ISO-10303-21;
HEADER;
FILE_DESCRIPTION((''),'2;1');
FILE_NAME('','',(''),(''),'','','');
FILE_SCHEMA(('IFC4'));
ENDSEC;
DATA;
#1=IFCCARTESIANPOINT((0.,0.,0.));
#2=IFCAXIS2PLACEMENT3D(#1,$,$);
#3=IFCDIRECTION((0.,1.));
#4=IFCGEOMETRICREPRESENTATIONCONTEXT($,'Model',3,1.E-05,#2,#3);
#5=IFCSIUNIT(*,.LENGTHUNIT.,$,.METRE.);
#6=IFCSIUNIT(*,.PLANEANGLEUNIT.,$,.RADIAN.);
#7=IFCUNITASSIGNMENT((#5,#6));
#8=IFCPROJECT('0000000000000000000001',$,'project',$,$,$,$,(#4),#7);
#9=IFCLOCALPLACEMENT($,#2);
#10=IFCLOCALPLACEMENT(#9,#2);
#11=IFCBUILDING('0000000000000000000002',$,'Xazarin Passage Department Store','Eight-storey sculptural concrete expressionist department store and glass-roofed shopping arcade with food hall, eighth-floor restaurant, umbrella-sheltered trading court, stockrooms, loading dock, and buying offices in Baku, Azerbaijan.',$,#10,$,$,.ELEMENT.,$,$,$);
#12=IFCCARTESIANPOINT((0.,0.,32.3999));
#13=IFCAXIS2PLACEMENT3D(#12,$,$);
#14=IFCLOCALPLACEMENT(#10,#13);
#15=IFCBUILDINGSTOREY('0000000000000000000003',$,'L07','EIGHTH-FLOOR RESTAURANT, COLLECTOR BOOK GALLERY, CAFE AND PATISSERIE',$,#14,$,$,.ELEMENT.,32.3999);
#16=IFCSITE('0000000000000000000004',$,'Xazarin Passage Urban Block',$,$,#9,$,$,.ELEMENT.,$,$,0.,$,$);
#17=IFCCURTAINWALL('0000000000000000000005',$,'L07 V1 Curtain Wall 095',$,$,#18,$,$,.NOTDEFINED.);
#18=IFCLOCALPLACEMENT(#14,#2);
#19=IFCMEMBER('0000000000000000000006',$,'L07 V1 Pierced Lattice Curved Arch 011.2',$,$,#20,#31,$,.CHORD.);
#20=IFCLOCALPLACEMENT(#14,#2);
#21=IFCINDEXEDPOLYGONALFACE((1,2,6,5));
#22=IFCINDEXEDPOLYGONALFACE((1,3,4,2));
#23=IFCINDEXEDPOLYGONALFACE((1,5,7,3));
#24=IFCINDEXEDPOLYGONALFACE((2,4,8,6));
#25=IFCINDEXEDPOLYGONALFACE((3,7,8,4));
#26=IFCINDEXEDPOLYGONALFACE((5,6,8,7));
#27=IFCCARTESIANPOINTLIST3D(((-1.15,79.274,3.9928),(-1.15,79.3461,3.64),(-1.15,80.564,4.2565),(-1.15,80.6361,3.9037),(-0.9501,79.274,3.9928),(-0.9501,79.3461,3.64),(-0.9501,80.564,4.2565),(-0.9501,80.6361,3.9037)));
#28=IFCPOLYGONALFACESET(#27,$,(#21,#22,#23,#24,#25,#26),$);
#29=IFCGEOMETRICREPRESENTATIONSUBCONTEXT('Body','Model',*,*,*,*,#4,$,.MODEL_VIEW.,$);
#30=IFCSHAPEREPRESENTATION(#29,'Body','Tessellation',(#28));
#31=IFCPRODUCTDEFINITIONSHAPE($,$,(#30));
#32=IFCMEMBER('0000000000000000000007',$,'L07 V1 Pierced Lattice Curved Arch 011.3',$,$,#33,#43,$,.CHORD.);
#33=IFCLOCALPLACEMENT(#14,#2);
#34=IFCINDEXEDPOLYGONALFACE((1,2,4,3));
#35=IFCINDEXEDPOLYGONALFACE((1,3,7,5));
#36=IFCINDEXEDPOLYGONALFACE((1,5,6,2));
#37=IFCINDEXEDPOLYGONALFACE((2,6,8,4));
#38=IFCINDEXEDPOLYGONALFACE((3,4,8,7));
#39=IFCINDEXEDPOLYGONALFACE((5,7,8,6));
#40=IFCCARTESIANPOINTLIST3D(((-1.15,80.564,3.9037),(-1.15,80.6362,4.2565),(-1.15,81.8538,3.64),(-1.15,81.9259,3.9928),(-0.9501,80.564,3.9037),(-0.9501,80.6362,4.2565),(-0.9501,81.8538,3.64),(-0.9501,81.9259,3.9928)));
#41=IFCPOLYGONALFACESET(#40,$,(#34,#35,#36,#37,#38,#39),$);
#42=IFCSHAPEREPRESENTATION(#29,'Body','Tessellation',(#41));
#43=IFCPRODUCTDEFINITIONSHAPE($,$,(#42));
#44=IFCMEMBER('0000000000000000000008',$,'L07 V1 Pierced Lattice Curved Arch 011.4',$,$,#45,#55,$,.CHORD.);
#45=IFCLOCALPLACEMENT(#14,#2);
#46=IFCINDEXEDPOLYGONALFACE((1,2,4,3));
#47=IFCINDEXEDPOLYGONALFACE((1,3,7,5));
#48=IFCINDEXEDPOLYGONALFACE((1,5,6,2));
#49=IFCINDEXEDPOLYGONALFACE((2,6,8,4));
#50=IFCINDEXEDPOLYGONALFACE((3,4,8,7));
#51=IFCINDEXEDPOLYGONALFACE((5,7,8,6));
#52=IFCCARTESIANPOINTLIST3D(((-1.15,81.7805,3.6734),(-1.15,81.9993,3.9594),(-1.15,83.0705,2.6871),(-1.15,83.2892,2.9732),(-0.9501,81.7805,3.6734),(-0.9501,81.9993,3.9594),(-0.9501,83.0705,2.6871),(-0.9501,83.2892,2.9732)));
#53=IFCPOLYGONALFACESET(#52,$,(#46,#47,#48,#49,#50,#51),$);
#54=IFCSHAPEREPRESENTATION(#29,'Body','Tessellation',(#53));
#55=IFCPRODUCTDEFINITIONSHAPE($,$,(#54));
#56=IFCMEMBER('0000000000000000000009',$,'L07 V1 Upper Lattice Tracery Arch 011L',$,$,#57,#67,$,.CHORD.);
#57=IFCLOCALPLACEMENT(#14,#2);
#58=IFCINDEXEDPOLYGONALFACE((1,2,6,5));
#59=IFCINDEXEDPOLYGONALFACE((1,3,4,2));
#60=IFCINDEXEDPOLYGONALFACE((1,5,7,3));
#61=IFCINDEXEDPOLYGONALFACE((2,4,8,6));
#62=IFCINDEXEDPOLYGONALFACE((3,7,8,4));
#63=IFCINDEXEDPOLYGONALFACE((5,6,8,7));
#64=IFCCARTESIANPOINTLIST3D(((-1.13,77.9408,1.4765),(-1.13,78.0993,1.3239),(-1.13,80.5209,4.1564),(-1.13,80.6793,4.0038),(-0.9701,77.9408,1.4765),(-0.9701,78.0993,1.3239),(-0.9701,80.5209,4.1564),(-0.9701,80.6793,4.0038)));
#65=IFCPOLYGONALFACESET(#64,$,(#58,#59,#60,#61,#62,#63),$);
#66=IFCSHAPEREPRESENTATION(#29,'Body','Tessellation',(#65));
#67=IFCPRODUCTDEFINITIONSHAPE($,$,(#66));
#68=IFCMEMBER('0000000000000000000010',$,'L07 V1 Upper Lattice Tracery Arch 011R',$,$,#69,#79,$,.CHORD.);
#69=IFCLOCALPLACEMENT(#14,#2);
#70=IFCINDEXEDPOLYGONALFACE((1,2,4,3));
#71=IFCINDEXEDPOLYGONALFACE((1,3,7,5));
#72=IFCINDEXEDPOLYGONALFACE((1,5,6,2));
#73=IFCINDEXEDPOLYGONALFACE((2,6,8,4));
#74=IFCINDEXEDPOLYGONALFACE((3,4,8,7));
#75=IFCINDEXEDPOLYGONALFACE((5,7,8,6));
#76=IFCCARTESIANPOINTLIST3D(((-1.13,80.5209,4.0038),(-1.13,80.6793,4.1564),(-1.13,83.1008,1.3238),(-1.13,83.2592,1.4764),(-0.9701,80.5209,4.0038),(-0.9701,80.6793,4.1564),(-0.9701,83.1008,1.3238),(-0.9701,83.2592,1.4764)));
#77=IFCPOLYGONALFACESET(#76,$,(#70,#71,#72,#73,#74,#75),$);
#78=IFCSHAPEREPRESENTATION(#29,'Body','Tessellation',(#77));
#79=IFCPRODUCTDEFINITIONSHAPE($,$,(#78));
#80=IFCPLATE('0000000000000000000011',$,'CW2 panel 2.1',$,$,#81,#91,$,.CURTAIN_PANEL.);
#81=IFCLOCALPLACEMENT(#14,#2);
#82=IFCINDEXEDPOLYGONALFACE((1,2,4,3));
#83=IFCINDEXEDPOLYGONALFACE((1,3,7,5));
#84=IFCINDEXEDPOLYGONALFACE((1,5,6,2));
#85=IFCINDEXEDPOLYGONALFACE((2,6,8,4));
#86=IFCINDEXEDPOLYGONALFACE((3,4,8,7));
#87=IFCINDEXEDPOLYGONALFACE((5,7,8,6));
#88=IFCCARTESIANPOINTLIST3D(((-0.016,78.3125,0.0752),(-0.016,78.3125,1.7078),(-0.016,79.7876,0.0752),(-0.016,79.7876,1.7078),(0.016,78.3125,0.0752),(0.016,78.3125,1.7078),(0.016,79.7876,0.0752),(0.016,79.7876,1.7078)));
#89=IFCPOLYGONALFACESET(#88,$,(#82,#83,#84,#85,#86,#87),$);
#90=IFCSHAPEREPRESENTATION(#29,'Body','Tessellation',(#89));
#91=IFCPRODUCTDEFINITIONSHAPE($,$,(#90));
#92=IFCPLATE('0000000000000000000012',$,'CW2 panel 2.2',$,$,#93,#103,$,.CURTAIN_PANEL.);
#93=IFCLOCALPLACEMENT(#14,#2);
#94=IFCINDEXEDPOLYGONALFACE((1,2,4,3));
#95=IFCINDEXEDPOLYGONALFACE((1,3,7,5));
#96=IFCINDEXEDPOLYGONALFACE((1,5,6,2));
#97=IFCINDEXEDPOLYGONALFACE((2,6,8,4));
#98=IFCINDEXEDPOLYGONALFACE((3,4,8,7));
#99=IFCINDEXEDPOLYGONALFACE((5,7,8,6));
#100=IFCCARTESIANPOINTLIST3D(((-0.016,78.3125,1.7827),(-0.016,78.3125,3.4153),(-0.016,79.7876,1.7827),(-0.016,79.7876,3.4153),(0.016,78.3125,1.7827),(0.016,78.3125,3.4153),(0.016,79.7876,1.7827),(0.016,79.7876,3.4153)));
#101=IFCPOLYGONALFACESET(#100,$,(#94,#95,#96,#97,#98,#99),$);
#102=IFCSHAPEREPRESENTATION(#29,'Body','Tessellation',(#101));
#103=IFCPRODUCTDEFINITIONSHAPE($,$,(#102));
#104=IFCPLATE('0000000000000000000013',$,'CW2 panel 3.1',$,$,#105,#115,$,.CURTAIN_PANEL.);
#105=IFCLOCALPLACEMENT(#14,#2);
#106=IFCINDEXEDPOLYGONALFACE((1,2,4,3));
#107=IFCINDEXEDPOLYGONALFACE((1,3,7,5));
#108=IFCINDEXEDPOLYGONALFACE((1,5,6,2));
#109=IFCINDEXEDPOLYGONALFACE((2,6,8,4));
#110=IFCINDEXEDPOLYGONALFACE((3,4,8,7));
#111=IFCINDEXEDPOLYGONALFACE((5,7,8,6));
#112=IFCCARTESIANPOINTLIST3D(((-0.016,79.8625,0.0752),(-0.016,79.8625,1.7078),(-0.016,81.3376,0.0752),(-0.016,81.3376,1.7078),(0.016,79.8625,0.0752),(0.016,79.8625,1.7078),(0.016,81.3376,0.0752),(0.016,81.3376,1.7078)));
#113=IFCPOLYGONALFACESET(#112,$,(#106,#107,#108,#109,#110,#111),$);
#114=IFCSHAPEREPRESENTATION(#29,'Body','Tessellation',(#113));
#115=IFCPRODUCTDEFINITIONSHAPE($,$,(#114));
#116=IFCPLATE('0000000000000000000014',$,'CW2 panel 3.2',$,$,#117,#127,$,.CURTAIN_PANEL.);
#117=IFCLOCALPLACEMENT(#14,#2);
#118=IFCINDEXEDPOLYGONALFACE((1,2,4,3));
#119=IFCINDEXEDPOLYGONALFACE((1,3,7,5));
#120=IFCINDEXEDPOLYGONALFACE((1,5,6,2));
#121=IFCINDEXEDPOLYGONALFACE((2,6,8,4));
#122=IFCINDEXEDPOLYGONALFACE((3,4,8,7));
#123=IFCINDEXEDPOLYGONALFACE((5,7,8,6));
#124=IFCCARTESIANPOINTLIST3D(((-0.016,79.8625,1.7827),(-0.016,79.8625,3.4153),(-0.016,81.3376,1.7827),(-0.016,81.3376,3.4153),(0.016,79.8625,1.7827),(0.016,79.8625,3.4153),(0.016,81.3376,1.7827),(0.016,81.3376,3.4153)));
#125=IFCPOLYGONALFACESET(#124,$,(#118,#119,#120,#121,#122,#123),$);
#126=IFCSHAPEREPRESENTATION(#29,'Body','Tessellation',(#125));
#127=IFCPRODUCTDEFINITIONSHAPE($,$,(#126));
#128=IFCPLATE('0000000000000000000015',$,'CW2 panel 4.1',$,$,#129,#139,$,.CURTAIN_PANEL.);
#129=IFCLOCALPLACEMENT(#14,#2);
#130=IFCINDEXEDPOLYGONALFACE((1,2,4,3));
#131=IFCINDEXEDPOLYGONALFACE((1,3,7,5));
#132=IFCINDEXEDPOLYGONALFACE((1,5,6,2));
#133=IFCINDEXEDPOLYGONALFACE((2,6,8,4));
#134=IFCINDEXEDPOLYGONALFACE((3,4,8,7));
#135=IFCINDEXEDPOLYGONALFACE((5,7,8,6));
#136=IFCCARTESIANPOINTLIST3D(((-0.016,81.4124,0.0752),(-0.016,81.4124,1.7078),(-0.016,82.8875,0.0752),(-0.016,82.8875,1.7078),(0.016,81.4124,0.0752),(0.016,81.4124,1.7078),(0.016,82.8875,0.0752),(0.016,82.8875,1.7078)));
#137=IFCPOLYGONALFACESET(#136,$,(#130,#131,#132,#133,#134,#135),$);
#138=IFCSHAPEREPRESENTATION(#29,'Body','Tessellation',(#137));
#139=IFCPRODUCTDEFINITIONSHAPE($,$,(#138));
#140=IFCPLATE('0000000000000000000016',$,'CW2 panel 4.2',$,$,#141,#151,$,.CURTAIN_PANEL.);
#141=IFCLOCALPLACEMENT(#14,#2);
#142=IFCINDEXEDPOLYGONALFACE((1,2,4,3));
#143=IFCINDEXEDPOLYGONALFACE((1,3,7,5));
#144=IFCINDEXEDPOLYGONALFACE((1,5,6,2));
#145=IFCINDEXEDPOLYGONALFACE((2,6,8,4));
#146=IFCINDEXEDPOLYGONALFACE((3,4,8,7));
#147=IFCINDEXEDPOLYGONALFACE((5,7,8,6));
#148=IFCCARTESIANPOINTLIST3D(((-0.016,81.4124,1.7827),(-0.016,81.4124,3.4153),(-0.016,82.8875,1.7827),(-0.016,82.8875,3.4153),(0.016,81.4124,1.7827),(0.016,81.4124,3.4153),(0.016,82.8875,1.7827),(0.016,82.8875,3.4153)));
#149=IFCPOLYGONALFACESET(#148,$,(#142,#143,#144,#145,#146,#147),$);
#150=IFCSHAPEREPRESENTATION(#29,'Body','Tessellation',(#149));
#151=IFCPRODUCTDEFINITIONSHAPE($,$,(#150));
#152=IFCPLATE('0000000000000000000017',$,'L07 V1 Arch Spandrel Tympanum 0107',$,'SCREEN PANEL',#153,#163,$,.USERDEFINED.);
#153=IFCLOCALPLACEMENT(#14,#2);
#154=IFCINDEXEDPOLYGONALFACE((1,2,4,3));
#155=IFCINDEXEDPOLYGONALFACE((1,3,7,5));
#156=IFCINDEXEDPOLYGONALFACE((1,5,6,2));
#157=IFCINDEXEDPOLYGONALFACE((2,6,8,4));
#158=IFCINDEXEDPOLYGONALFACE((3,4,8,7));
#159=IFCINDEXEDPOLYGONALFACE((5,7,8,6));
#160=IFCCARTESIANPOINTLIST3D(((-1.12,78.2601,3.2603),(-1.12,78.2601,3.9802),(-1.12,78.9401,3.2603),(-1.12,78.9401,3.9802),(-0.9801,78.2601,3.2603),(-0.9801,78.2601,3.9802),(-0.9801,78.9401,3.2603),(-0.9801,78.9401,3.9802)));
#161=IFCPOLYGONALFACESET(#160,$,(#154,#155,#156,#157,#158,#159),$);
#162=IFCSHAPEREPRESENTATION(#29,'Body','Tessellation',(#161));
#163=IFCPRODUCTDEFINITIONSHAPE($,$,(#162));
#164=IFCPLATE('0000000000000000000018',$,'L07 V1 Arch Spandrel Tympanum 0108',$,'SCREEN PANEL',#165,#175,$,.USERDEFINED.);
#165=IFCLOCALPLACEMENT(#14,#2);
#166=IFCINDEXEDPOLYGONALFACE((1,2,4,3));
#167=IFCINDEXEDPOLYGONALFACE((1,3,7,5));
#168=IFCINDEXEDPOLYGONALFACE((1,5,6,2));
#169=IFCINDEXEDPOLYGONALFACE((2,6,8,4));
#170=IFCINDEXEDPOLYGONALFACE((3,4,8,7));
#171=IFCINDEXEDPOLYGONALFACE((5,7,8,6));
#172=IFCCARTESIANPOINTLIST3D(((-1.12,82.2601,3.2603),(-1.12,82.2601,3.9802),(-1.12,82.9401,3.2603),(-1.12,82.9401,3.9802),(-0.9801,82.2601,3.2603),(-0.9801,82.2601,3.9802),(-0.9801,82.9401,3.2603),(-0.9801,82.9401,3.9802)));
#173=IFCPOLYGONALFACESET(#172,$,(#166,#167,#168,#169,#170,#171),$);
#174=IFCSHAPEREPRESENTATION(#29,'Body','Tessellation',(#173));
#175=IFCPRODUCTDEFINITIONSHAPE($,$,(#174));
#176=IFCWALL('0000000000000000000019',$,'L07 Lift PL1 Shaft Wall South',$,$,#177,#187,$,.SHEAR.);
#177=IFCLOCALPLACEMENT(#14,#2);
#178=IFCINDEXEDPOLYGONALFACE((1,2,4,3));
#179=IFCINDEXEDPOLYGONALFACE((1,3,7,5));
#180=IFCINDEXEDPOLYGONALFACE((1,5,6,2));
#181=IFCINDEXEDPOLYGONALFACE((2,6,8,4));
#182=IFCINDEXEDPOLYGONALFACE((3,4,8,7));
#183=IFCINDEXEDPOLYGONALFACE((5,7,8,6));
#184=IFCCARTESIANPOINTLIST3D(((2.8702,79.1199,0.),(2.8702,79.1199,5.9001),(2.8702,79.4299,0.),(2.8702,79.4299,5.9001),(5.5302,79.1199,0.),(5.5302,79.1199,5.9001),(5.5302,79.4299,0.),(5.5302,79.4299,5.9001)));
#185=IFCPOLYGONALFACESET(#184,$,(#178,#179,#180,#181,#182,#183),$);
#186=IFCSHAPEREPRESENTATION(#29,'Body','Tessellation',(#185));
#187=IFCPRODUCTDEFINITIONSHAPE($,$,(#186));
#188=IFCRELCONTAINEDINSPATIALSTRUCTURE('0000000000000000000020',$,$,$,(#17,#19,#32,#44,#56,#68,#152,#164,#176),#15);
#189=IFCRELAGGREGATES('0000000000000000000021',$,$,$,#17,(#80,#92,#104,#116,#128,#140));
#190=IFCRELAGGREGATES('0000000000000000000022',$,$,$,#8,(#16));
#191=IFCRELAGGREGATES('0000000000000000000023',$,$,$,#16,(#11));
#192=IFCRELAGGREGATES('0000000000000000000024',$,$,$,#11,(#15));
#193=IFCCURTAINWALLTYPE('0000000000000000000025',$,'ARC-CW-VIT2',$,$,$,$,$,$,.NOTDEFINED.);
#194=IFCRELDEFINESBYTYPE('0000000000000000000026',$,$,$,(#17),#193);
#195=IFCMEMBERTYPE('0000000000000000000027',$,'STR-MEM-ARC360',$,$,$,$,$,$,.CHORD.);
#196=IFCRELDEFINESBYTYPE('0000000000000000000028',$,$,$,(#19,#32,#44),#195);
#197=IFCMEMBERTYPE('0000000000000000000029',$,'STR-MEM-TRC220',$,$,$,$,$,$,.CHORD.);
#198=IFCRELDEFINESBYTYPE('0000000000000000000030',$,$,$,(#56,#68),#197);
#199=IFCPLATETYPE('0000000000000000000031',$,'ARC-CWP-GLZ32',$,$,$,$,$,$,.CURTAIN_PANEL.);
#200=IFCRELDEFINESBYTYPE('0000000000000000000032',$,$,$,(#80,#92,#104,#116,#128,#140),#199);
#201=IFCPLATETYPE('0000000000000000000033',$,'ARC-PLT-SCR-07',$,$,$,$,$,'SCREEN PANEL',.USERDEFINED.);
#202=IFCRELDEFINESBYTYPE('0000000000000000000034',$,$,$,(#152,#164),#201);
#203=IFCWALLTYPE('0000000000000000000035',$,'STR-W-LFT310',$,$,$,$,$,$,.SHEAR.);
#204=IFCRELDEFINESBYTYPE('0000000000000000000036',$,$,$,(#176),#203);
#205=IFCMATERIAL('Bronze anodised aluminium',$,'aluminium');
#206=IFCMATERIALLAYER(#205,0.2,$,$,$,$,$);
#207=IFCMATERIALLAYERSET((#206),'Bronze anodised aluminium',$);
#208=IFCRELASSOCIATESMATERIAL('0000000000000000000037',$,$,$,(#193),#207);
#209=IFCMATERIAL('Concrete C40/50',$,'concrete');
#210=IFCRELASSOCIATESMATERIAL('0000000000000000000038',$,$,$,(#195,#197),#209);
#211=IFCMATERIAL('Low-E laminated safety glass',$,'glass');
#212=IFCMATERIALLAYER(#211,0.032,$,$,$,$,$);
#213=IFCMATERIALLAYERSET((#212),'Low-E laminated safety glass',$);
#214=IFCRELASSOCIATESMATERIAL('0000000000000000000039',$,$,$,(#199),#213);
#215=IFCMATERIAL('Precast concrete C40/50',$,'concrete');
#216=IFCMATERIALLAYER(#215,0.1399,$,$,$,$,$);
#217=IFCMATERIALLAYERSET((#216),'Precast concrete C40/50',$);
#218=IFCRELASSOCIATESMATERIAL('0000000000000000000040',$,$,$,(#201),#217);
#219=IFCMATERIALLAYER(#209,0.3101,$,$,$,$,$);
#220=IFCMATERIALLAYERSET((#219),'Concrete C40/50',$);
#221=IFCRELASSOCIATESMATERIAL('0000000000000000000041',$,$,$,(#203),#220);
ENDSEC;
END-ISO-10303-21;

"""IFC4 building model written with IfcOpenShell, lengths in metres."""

from ifc_helpers import new_model, si_unit, direction, frame, frame_2d, origin, origin_2d, place, context, subcontext, project, spatial, rectangle, extrude, material, layer, layer_set, material_profile, profile_set, type_object, element, aggregate, save


model = new_model("IFC4")

# Units and contexts
model_context = context("Model", 3, precision=1e-05, world=origin(), true_north=direction((0.0, 1.0)))
body_context = subcontext(model_context, "Body", "Model", "MODEL_VIEW")
ifc_project = project(units=[si_unit("LENGTHUNIT", "METRE"), si_unit("PLANEANGLEUNIT", "RADIAN")], contexts=[model_context])

# Site, building, storey
site_placement = place(None, origin())
site = spatial("IfcSite", under=ifc_project, at=site_placement, Name="Xazarin Passage Urban Block", CompositionType="ELEMENT", RefElevation=0.0)
building_placement = place(site_placement, origin())
building = spatial("IfcBuilding", under=site, at=building_placement, Name="Xazarin Passage Department Store", Description="Eight-storey sculptural concrete expressionist department store and glass-roofed shopping arcade with food hall, eighth-floor restaurant, umbrella-sheltered trading court, stockrooms, loading dock, and buying offices in Baku, Azerbaijan.", CompositionType="ELEMENT")
storey_placement = place(building_placement, frame((0.0, 0.0, 32.3999)))
storey = spatial("IfcBuildingStorey", under=building, at=storey_placement, Name="L07", Description="EIGHTH-FLOOR RESTAURANT, COLLECTOR BOOK GALLERY, CAFE AND PATISSERIE", CompositionType="ELEMENT", Elevation=32.3999)

# Curtain wall
ifc_material_1 = material(Name="Bronze anodised aluminium", Category="aluminium")
ifc_layer_1 = layer(ifc_material_1, 0.2)
ifc_layer_set_1 = layer_set([ifc_layer_1], Name="Bronze anodised aluminium")
curtain_wall_type = type_object("IfcCurtainWallType", Name="ARC-CW-VIT2", PredefinedType="NOTDEFINED", material=ifc_layer_set_1)
curtain_wall_placement = place(storey_placement, origin())
curtain_wall = element("IfcCurtainWall", 1, at=curtain_wall_placement, inside=storey, type_object=curtain_wall_type, Name="L07 V1 Curtain Wall 095", PredefinedType="NOTDEFINED")

# Members
ifc_material_2 = material(Name="Concrete C40/50", Category="concrete")
ifc_material_profile_1 = material_profile(ifc_material_2, rectangle(XDim=0.2, YDim=0.3601, at=origin_2d()), Name="RC 200x360")
ifc_profile_set_1 = profile_set([ifc_material_profile_1], Name="Concrete C40/50")
member_type_1 = type_object("IfcMemberType", Name="STR-MEM-ARC360", PredefinedType="CHORD", material=ifc_profile_set_1)
member_1_placement = place(storey_placement, frame((-1.05, 79.3101, 3.8164), z_axis=(0.0, 0.979745, 0.200251), x_axis=(-1.0, 0.0, 0.0)))
element("IfcMember", 2, at=member_1_placement, inside=storey, type_object=member_type_1, Name="L07 V1 Pierced Lattice Curved Arch 011.2", PredefinedType="CHORD", context=body_context, shape_type="SweptSolid", body=[
    extrude(rectangle(XDim=0.2, YDim=0.3601, at=origin_2d()), origin(), (0.0, 0.0, 1.0), 1.3167),
])
member_2_placement = place(storey_placement, frame((-1.05, 80.6001, 4.0801), z_axis=(0.0, 0.979737, -0.200287), x_axis=(-1.0, 0.0, 0.0)))
element("IfcMember", 3, at=member_2_placement, inside=storey, type_object=member_type_1, Name="L07 V1 Pierced Lattice Curved Arch 011.3", PredefinedType="CHORD", context=body_context, shape_type="SweptSolid", body=[
    extrude(rectangle(XDim=0.2, YDim=0.3601, at=origin_2d()), origin(), (0.0, 0.0, 1.0), 1.3164),
])
member_3_placement = place(storey_placement, frame((-1.05, 81.8899, 3.8164), z_axis=(0.0, 0.794409, -0.607383), x_axis=(-1.0, 0.0, 0.0)))
element("IfcMember", 4, at=member_3_placement, inside=storey, type_object=member_type_1, Name="L07 V1 Pierced Lattice Curved Arch 011.4", PredefinedType="CHORD", context=body_context, shape_type="SweptSolid", body=[
    extrude(rectangle(XDim=0.2, YDim=0.3601, at=origin_2d()), origin(), (0.0, 0.0, 1.0), 1.6238),
])
ifc_material_profile_2 = material_profile(ifc_material_2, rectangle(XDim=0.1599, YDim=0.22, at=origin_2d()), Name="RC 160x220")
ifc_profile_set_2 = profile_set([ifc_material_profile_2], Name="Concrete C40/50")
member_type_2 = type_object("IfcMemberType", Name="STR-MEM-TRC220", PredefinedType="CHORD", material=ifc_profile_set_2)
for number, where, z_axis, x_axis, name in (
    (5, (-1.05, 80.6001, 4.0801), (0.0, -0.693558, -0.7204), (1.0, 0.0, 0.0), "L07 V1 Upper Lattice Tracery Arch 011L"),
    (6, (-1.05, 80.6001, 4.0801), (0.0, 0.693524, -0.720433), (-1.0, 0.0, 0.0), "L07 V1 Upper Lattice Tracery Arch 011R"),
):
    element("IfcMember", number, at=place(storey_placement, frame(where, z_axis=z_axis, x_axis=x_axis)), inside=storey, type_object=member_type_2, Name=name, PredefinedType="CHORD", context=body_context, shape_type="SweptSolid", body=[
        extrude(rectangle(XDim=0.1599, YDim=0.22, at=origin_2d()), origin(), (0.0, 0.0, 1.0), 3.72),
    ])

# Plates
ifc_material_3 = material(Name="Low-E laminated safety glass", Category="glass")
ifc_layer_2 = layer(ifc_material_3, 0.032)
ifc_layer_set_2 = layer_set([ifc_layer_2], Name="Low-E laminated safety glass")
plate_type_1 = type_object("IfcPlateType", Name="ARC-CWP-GLZ32", PredefinedType="CURTAIN_PANEL", material=ifc_layer_set_2)
plate_1_placement = place(storey_placement, frame((0.0, 79.05, 0.0752), z_axis=(0.0, 0.0, 1.0), x_axis=(0.0, 1.0, 0.0)))
plate_1 = element("IfcPlate", 7, at=plate_1_placement, type_object=plate_type_1, Name="CW2 panel 2.1", PredefinedType="CURTAIN_PANEL", context=body_context, shape_type="SweptSolid", body=[
    extrude(rectangle(XDim=1.4751, YDim=0.032, at=origin_2d()), origin(), (0.0, 0.0, 1.0), 1.6326),
])
plate_2_placement = place(storey_placement, frame((0.0, 79.05, 1.7827), z_axis=(0.0, 0.0, 1.0), x_axis=(0.0, 1.0, 0.0)))
plate_2 = element("IfcPlate", 8, at=plate_2_placement, type_object=plate_type_1, Name="CW2 panel 2.2", PredefinedType="CURTAIN_PANEL", context=body_context, shape_type="SweptSolid", body=[
    extrude(rectangle(XDim=1.4751, YDim=0.032, at=origin_2d()), origin(), (0.0, 0.0, 1.0), 1.6326),
])
plate_3_placement = place(storey_placement, frame((0.0, 80.6001, 0.0752), z_axis=(0.0, 0.0, 1.0), x_axis=(0.0, 1.0, 0.0)))
plate_3 = element("IfcPlate", 9, at=plate_3_placement, type_object=plate_type_1, Name="CW2 panel 3.1", PredefinedType="CURTAIN_PANEL", context=body_context, shape_type="SweptSolid", body=[
    extrude(rectangle(XDim=1.4751, YDim=0.032, at=origin_2d()), origin(), (0.0, 0.0, 1.0), 1.6326),
])
plate_4_placement = place(storey_placement, frame((0.0, 80.6001, 1.7827), z_axis=(0.0, 0.0, 1.0), x_axis=(0.0, 1.0, 0.0)))
plate_4 = element("IfcPlate", 10, at=plate_4_placement, type_object=plate_type_1, Name="CW2 panel 3.2", PredefinedType="CURTAIN_PANEL", context=body_context, shape_type="SweptSolid", body=[
    extrude(rectangle(XDim=1.4751, YDim=0.032, at=origin_2d()), origin(), (0.0, 0.0, 1.0), 1.6326),
])
plate_5_placement = place(storey_placement, frame((0.0, 82.1499, 0.0752), z_axis=(0.0, 0.0, 1.0), x_axis=(0.0, 1.0, 0.0)))
plate_5 = element("IfcPlate", 11, at=plate_5_placement, type_object=plate_type_1, Name="CW2 panel 4.1", PredefinedType="CURTAIN_PANEL", context=body_context, shape_type="SweptSolid", body=[
    extrude(rectangle(XDim=1.4751, YDim=0.032, at=origin_2d()), origin(), (0.0, 0.0, 1.0), 1.6326),
])
plate_6_placement = place(storey_placement, frame((0.0, 82.1499, 1.7827), z_axis=(0.0, 0.0, 1.0), x_axis=(0.0, 1.0, 0.0)))
plate_6 = element("IfcPlate", 12, at=plate_6_placement, type_object=plate_type_1, Name="CW2 panel 4.2", PredefinedType="CURTAIN_PANEL", context=body_context, shape_type="SweptSolid", body=[
    extrude(rectangle(XDim=1.4751, YDim=0.032, at=origin_2d()), origin(), (0.0, 0.0, 1.0), 1.6326),
])
aggregate(curtain_wall, [plate_1, plate_2, plate_3, plate_4, plate_5, plate_6])

# Plates
ifc_material_4 = material(Name="Precast concrete C40/50", Category="concrete")
ifc_layer_3 = layer(ifc_material_4, 0.1399)
ifc_layer_set_3 = layer_set([ifc_layer_3], Name="Precast concrete C40/50")
plate_type_2 = type_object("IfcPlateType", Name="ARC-PLT-SCR-07", ElementType="SCREEN PANEL", PredefinedType="USERDEFINED", material=ifc_layer_set_3)
for number, where, z_axis, x_axis, name in (
    (13, (-1.05, 78.6001, 3.2603), (0.0, 0.0, 1.0), (0.0, 1.0, 0.0), "L07 V1 Arch Spandrel Tympanum 0107"),
    (14, (-1.05, 82.6001, 3.2603), (0.0, 0.0, 1.0), (0.0, 1.0, 0.0), "L07 V1 Arch Spandrel Tympanum 0108"),
):
    element("IfcPlate", number, at=place(storey_placement, frame(where, z_axis=z_axis, x_axis=x_axis)), inside=storey, type_object=plate_type_2, Name=name, ObjectType="SCREEN PANEL", PredefinedType="USERDEFINED", context=body_context, shape_type="SweptSolid", body=[
        extrude(rectangle(XDim=0.6799, YDim=0.1399, at=origin_2d()), origin(), (0.0, 0.0, 1.0), 0.72),
    ])

# Wall
ifc_layer_4 = layer(ifc_material_2, 0.3101)
ifc_layer_set_4 = layer_set([ifc_layer_4], Name="Concrete C40/50")
wall_type = type_object("IfcWallType", Name="STR-W-LFT310", PredefinedType="SHEAR", material=ifc_layer_set_4)
wall_1_placement = place(storey_placement, frame((2.8701, 79.2749, 0.0), z_axis=(0.0, 0.0, 1.0), x_axis=(1.0, 0.0, 0.0)))
element("IfcWall", 15, at=wall_1_placement, inside=storey, type_object=wall_type, Name="L07 Lift PL1 Shaft Wall South", PredefinedType="SHEAR", context=body_context, shape_type="SweptSolid", body=[
    extrude(rectangle(XDim=2.6599, YDim=0.3101, at=frame_2d((1.3301, 0.0))), origin(), (0.0, 0.0, 1.0), 5.9001),
])

save(model, "model.ifc")
